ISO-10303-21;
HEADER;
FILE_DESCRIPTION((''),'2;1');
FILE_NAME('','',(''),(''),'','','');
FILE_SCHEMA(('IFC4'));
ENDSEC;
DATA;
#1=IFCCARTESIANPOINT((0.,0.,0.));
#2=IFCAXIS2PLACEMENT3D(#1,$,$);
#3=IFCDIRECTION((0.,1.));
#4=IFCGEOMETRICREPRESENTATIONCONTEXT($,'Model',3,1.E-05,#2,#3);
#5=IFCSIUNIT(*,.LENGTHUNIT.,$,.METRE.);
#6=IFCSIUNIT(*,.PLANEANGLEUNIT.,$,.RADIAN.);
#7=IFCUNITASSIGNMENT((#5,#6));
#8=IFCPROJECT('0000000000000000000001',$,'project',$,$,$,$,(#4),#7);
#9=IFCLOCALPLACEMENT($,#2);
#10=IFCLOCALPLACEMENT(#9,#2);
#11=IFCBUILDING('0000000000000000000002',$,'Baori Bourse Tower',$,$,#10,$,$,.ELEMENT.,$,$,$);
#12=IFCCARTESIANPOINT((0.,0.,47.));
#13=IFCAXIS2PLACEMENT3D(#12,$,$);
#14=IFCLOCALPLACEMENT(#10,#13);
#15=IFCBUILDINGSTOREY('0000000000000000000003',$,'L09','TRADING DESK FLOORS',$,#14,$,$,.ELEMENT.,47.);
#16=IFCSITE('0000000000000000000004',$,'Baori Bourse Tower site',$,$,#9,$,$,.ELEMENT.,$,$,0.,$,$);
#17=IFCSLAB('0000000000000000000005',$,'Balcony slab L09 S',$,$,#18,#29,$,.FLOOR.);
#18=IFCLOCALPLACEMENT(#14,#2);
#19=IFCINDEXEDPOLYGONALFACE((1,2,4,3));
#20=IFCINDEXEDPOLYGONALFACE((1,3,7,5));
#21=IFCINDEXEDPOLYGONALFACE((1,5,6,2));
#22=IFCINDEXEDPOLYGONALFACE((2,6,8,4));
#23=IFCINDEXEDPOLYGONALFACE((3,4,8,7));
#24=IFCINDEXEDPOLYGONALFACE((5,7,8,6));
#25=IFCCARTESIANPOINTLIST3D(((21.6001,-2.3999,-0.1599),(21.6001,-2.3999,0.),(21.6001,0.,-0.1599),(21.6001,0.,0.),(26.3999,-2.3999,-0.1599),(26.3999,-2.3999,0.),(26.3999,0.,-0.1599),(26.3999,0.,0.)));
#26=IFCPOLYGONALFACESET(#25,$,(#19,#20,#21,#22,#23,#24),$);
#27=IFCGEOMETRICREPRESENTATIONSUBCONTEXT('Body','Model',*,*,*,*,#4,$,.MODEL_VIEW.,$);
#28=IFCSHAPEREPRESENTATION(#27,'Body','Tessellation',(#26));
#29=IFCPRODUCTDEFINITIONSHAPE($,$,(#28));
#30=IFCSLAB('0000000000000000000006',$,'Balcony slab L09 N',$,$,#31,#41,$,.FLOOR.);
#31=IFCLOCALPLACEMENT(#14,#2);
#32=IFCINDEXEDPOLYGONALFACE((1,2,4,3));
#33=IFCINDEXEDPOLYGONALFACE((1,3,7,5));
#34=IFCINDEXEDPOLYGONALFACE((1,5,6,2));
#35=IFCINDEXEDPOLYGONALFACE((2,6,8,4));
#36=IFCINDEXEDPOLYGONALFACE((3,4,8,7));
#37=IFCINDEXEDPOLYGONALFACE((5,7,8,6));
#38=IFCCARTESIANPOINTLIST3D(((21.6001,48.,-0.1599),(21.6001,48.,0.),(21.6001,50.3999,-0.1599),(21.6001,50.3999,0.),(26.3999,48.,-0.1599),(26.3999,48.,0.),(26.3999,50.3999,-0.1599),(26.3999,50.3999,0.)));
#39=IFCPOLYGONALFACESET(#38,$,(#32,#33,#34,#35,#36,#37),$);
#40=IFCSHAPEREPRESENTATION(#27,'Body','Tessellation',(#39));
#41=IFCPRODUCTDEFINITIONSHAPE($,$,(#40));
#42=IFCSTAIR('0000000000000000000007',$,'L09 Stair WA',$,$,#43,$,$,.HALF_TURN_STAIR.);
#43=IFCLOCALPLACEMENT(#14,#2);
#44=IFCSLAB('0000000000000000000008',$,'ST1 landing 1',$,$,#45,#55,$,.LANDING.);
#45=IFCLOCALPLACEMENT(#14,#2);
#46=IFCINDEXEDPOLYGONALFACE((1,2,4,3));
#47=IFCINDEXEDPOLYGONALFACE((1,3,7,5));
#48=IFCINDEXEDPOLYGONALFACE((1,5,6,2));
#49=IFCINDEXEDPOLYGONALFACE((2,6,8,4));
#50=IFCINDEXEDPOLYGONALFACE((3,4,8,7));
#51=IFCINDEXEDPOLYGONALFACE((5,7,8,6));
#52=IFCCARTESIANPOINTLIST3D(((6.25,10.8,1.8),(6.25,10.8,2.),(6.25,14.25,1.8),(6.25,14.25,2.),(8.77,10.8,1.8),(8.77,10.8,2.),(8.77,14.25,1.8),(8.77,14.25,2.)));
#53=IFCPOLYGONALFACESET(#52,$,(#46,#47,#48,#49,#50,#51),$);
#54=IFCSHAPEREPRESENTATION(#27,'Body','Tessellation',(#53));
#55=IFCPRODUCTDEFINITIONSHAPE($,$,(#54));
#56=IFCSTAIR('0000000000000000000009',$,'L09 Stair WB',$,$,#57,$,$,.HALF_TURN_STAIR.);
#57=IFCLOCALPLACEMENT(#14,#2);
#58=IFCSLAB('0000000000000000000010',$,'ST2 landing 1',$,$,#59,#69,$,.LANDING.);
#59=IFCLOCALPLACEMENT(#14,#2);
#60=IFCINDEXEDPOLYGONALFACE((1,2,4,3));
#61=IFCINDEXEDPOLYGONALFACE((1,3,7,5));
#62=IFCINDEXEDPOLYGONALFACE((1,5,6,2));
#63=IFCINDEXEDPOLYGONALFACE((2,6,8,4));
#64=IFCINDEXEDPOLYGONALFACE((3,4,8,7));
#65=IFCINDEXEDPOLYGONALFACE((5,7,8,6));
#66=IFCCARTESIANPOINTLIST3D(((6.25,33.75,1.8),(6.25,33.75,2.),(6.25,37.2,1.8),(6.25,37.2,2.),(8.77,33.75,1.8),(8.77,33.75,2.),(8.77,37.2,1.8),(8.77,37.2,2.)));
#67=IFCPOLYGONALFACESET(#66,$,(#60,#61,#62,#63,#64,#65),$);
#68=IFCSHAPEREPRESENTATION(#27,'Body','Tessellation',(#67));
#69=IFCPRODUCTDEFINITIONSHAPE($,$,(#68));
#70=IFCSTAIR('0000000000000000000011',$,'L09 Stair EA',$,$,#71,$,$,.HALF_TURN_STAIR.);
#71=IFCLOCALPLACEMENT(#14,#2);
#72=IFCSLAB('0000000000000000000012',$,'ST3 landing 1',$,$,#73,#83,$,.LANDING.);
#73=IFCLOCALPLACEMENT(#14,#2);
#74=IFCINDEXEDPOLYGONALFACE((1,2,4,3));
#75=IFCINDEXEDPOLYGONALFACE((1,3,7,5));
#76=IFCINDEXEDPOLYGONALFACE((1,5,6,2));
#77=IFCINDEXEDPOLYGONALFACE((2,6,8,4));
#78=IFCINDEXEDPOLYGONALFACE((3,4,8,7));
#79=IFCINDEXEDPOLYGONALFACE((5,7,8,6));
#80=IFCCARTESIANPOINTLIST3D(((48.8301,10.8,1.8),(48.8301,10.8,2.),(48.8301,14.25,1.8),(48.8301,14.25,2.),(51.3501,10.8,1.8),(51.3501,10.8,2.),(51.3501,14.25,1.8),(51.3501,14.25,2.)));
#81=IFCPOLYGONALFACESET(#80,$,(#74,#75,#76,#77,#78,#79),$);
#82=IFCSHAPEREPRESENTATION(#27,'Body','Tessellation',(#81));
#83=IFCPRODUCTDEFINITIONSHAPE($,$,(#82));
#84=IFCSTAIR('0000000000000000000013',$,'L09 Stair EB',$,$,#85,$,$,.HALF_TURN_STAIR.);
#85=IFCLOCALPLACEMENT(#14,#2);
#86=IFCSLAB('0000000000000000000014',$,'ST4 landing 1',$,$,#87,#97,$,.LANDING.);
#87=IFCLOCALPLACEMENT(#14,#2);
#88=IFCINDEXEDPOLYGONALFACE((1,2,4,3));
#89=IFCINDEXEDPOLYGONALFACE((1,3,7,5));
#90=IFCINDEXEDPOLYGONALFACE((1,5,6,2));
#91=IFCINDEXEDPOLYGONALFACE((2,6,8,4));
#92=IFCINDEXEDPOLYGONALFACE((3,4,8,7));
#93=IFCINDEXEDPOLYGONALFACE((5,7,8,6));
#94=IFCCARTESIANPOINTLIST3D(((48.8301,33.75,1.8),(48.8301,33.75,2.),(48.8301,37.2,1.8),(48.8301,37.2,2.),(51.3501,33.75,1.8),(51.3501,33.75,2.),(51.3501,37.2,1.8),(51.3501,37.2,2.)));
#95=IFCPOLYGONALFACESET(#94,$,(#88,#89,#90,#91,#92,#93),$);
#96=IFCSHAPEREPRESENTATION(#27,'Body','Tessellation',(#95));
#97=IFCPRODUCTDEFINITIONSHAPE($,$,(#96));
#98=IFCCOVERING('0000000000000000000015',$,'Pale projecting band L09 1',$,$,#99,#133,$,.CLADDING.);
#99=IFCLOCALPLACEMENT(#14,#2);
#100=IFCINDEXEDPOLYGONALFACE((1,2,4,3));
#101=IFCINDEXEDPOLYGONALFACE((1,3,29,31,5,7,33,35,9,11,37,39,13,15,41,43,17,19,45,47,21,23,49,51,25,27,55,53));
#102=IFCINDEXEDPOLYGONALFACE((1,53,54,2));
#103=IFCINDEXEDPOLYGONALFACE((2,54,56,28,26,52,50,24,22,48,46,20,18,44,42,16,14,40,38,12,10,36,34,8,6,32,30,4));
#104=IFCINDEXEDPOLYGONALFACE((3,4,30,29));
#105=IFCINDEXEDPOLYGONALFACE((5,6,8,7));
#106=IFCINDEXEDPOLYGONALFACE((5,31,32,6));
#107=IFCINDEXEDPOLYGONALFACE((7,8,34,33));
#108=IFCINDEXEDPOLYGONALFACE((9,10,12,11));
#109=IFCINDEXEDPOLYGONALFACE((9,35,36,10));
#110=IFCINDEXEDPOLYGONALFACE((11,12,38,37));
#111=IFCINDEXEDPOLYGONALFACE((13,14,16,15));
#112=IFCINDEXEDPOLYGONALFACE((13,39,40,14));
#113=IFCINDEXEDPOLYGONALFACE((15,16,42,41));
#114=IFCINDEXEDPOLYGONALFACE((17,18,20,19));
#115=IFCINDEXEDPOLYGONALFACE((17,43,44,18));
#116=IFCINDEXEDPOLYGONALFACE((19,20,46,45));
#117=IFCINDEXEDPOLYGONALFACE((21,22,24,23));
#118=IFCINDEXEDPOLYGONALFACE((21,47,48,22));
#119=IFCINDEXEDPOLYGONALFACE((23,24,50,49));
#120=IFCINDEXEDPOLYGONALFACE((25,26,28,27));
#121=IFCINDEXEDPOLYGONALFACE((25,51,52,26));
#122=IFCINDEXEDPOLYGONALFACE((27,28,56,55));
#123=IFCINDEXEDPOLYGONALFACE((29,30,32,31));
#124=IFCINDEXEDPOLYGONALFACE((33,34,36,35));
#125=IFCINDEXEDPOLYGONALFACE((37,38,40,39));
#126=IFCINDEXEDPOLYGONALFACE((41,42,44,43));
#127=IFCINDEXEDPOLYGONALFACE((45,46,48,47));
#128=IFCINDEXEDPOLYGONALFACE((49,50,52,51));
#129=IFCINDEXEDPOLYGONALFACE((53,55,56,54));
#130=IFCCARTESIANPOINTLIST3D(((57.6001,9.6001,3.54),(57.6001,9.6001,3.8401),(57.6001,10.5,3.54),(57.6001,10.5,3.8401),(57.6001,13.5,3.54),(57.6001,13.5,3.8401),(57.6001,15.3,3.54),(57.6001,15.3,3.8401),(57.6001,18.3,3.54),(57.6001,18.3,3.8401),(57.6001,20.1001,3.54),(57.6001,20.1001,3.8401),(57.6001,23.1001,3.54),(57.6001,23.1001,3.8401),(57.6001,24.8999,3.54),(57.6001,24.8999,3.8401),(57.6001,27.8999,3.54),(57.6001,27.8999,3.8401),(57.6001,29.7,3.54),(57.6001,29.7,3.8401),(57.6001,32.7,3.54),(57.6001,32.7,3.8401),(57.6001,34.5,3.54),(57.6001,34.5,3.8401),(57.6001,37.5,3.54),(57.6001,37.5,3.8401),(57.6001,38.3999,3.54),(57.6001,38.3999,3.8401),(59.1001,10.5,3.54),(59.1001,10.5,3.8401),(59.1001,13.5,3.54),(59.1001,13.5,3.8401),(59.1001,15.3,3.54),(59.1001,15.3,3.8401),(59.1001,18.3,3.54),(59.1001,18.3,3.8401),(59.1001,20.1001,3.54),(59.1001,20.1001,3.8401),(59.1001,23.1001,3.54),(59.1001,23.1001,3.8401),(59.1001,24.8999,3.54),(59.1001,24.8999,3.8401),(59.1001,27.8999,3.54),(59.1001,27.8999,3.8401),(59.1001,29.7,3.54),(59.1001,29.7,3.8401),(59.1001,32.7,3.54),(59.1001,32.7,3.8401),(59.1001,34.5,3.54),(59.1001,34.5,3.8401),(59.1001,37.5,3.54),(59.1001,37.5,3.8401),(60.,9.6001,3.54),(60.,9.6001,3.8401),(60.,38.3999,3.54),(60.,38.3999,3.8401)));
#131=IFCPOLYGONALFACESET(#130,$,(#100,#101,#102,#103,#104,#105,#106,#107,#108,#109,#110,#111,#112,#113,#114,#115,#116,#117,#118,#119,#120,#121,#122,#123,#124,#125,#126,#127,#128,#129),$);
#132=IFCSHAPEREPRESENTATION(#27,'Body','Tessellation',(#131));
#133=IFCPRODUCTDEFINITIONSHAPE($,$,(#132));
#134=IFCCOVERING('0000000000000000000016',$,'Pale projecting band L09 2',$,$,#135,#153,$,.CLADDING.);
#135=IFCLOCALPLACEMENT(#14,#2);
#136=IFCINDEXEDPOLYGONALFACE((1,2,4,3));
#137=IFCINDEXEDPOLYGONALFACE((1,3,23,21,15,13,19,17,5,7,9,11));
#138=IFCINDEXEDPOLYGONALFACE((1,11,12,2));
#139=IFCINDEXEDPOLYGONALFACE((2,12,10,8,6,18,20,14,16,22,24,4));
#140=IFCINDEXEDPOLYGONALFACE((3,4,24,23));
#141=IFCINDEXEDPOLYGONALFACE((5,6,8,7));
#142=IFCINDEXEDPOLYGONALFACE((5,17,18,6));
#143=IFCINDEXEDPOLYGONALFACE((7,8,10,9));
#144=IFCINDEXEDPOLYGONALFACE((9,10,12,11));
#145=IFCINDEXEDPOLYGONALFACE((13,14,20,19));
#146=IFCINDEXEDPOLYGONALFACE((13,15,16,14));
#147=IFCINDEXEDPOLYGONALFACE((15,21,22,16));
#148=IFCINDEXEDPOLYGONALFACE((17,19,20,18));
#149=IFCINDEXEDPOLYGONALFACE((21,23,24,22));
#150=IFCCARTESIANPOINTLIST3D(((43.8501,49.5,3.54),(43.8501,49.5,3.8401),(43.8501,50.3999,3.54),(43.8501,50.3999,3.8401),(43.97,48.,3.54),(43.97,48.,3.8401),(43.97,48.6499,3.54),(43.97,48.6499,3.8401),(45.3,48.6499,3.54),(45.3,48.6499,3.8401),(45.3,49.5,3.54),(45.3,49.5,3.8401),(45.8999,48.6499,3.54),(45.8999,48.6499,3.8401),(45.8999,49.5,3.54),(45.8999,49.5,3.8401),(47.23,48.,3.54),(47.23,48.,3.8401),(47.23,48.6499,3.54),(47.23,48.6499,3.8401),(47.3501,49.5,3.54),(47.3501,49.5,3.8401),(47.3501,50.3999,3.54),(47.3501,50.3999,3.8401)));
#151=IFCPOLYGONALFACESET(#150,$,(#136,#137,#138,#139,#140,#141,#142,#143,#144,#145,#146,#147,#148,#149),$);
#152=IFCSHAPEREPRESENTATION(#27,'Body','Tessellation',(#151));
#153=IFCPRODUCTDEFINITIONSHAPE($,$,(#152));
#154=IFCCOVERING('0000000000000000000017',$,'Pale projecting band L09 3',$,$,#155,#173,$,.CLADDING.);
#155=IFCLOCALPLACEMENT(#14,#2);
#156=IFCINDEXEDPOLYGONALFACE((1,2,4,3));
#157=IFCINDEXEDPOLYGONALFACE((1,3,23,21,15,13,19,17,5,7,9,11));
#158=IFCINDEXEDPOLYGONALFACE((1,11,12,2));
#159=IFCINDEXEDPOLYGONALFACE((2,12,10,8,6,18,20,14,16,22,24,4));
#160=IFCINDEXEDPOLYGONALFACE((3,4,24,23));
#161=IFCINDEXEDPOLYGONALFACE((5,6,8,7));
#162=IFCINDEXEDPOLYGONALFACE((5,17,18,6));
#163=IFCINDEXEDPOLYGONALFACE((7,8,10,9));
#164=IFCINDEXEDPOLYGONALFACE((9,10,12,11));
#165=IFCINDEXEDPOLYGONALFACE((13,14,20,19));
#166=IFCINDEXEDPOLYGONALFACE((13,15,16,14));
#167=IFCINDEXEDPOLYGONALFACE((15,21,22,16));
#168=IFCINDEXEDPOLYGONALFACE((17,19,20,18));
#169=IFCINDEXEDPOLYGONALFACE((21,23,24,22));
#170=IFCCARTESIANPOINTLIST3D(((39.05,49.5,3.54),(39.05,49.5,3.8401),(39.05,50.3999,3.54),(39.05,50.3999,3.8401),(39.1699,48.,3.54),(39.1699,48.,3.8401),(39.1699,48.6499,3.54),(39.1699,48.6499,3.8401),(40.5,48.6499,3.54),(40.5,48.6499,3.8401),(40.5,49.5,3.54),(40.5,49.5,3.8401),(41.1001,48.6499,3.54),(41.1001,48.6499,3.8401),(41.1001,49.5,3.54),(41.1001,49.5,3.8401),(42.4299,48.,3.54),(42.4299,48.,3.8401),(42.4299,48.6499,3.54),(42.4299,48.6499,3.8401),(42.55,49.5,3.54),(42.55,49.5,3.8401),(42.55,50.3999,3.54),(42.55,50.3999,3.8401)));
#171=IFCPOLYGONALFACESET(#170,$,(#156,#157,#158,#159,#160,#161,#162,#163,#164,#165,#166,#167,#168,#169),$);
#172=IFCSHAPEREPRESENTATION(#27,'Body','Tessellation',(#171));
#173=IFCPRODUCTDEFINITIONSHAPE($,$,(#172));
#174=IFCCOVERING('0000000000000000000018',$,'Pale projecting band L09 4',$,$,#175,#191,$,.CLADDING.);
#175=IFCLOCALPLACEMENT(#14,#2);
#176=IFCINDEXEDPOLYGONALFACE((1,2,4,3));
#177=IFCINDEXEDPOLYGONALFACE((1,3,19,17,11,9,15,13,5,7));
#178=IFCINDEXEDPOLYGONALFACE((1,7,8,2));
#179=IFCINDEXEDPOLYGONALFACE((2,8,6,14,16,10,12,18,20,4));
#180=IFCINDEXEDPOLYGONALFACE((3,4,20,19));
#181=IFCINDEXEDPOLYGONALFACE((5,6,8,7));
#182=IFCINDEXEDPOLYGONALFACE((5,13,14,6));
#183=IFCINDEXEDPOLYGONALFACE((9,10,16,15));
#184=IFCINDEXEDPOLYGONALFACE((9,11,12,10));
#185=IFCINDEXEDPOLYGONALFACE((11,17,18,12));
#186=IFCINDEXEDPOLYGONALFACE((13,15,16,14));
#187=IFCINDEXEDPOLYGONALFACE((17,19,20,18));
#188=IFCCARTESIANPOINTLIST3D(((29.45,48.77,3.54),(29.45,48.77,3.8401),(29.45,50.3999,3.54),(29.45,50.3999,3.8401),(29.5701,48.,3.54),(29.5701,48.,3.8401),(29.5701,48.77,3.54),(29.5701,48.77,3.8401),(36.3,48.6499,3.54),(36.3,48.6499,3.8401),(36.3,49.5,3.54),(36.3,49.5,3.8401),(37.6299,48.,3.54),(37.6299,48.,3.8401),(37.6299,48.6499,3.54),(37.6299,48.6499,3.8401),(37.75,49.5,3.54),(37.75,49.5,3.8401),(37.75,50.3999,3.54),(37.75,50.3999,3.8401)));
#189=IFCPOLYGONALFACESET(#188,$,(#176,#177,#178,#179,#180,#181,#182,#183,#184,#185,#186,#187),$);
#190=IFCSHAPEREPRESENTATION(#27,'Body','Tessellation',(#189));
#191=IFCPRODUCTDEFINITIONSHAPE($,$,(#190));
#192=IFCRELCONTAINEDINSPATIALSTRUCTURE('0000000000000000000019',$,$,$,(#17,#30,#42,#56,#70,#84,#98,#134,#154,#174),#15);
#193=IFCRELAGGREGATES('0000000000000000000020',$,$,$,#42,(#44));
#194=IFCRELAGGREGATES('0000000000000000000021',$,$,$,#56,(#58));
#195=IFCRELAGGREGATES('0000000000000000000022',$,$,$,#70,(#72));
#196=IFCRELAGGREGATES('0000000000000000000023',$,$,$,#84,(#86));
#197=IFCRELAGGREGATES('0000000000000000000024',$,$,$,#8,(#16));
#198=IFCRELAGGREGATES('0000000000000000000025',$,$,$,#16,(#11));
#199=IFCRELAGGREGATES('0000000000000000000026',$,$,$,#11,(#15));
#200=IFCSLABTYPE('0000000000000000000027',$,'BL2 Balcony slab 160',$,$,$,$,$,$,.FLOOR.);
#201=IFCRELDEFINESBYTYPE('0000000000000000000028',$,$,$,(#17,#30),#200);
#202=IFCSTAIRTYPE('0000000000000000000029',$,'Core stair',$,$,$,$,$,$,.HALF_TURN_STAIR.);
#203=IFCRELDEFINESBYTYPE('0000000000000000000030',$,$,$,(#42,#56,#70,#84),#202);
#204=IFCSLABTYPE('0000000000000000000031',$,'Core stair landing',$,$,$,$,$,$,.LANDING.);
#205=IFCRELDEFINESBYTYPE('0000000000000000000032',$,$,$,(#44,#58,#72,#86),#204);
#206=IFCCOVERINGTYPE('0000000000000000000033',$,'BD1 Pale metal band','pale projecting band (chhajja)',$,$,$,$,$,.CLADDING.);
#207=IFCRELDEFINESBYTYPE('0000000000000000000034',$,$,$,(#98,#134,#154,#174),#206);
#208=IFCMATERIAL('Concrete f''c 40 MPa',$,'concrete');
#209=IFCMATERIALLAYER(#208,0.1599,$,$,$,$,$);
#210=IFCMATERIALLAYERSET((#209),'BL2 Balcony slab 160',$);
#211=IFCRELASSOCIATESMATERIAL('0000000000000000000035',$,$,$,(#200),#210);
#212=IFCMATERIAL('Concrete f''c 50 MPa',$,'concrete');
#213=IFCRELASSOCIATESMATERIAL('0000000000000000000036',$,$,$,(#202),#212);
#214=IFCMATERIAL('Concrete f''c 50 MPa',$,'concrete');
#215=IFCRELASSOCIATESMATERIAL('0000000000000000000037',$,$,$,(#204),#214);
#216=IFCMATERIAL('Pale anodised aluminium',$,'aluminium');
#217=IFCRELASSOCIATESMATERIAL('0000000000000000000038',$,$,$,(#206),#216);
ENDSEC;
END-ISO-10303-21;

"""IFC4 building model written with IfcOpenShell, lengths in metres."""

from ifc_helpers import new_model, si_unit, direction, frame, origin, place, context, subcontext, project, spatial, polyline, outline, extrude, material, layer, layer_set, type_object, element, aggregate, save


model = new_model("IFC4")

# Units and contexts
model_context = context("Model", 3, precision=1e-05, world=origin(), true_north=direction((0.0, 1.0)))
body_context = subcontext(model_context, "Body", "Model", "MODEL_VIEW")
ifc_project = project(units=[si_unit("LENGTHUNIT", "METRE"), si_unit("PLANEANGLEUNIT", "RADIAN")], contexts=[model_context])

# Site, building, storey
site_placement = place(None, origin())
site = spatial("IfcSite", under=ifc_project, at=site_placement, Name="Baori Bourse Tower site", CompositionType="ELEMENT", RefElevation=0.0)
building_placement = place(site_placement, origin())
building = spatial("IfcBuilding", under=site, at=building_placement, Name="Baori Bourse Tower", CompositionType="ELEMENT")
storey_placement = place(building_placement, frame((0.0, 0.0, 47.0)))
storey = spatial("IfcBuildingStorey", under=building, at=storey_placement, Name="L09", Description="TRADING DESK FLOORS", CompositionType="ELEMENT", Elevation=47.0)

# Slabs
ifc_material_1 = material(Name="Concrete f'c 40 MPa", Category="concrete")
ifc_layer = layer(ifc_material_1, 0.1599)
ifc_layer_set = layer_set([ifc_layer], Name="BL2 Balcony slab 160")
slab_type_1 = type_object("IfcSlabType", Name="BL2 Balcony slab 160", PredefinedType="FLOOR", material=ifc_layer_set)
slab_1_placement = place(storey_placement, frame((0.0, 0.0, -0.1599)))
element("IfcSlab", 1, at=slab_1_placement, inside=storey, type_object=slab_type_1, Name="Balcony slab L09 S", PredefinedType="FLOOR", context=body_context, shape_type="SweptSolid", body=[
    extrude(outline(polyline([(21.6001, 0.0), (21.6001, -2.3999), (26.3999, -2.3999), (26.3999, 0.0), (21.6001, 0.0)])), origin(), (0.0, 0.0, 1.0), 0.1599),
])
slab_2_placement = place(storey_placement, frame((0.0, 0.0, -0.1599)))
element("IfcSlab", 2, at=slab_2_placement, inside=storey, type_object=slab_type_1, Name="Balcony slab L09 N", PredefinedType="FLOOR", context=body_context, shape_type="SweptSolid", body=[
    extrude(outline(polyline([(21.6001, 48.0), (26.3999, 48.0), (26.3999, 50.3999), (21.6001, 50.3999), (21.6001, 48.0)])), origin(), (0.0, 0.0, 1.0), 0.1599),
])

# Stairs, slabs
ifc_material_2 = material(Name="Concrete f'c 50 MPa", Category="concrete")
stair_type = type_object("IfcStairType", Name="Core stair", PredefinedType="HALF_TURN_STAIR", material=ifc_material_2)
stair_1_placement = place(storey_placement, origin())
stair_1 = element("IfcStair", 3, at=stair_1_placement, inside=storey, type_object=stair_type, Name="L09 Stair WA", PredefinedType="HALF_TURN_STAIR")
ifc_material_3 = material(Name="Concrete f'c 50 MPa", Category="concrete")
slab_type_2 = type_object("IfcSlabType", Name="Core stair landing", PredefinedType="LANDING", material=ifc_material_3)
slab_3_placement = place(storey_placement, frame((0.0, 0.0, 1.8)))
slab_3 = element("IfcSlab", 4, at=slab_3_placement, type_object=slab_type_2, Name="ST1 landing 1", PredefinedType="LANDING", context=body_context, shape_type="SweptSolid", body=[
    extrude(outline(polyline([(8.77, 14.25), (6.25, 14.25), (6.25, 10.8), (8.77, 10.8), (8.77, 14.25)])), origin(), (0.0, 0.0, 1.0), 0.2),
])
aggregate(stair_1, [slab_3])
stair_2_placement = place(storey_placement, origin())
stair_2 = element("IfcStair", 5, at=stair_2_placement, inside=storey, type_object=stair_type, Name="L09 Stair WB", PredefinedType="HALF_TURN_STAIR")
slab_4_placement = place(storey_placement, frame((0.0, 0.0, 1.8)))
slab_4 = element("IfcSlab", 6, at=slab_4_placement, type_object=slab_type_2, Name="ST2 landing 1", PredefinedType="LANDING", context=body_context, shape_type="SweptSolid", body=[
    extrude(outline(polyline([(8.77, 37.2), (6.25, 37.2), (6.25, 33.75), (8.77, 33.75), (8.77, 37.2)])), origin(), (0.0, 0.0, 1.0), 0.2),
])
aggregate(stair_2, [slab_4])
stair_3_placement = place(storey_placement, origin())
stair_3 = element("IfcStair", 7, at=stair_3_placement, inside=storey, type_object=stair_type, Name="L09 Stair EA", PredefinedType="HALF_TURN_STAIR")
slab_5_placement = place(storey_placement, frame((0.0, 0.0, 1.8)))
slab_5 = element("IfcSlab", 8, at=slab_5_placement, type_object=slab_type_2, Name="ST3 landing 1", PredefinedType="LANDING", context=body_context, shape_type="SweptSolid", body=[
    extrude(outline(polyline([(48.8301, 10.8), (51.3501, 10.8), (51.3501, 14.25), (48.8301, 14.25), (48.8301, 10.8)])), origin(), (0.0, 0.0, 1.0), 0.2),
])
aggregate(stair_3, [slab_5])
stair_4_placement = place(storey_placement, origin())
stair_4 = element("IfcStair", 9, at=stair_4_placement, inside=storey, type_object=stair_type, Name="L09 Stair EB", PredefinedType="HALF_TURN_STAIR")
slab_6_placement = place(storey_placement, frame((0.0, 0.0, 1.8)))
slab_6 = element("IfcSlab", 10, at=slab_6_placement, type_object=slab_type_2, Name="ST4 landing 1", PredefinedType="LANDING", context=body_context, shape_type="SweptSolid", body=[
    extrude(outline(polyline([(48.8301, 33.75), (51.3501, 33.75), (51.3501, 37.2), (48.8301, 37.2), (48.8301, 33.75)])), origin(), (0.0, 0.0, 1.0), 0.2),
])
aggregate(stair_4, [slab_6])

# Coverings
ifc_material_4 = material(Name="Pale anodised aluminium", Category="aluminium")
covering_type = type_object("IfcCoveringType", Name="BD1 Pale metal band", Description="pale projecting band (chhajja)", PredefinedType="CLADDING", material=ifc_material_4)
covering_1_placement = place(storey_placement, frame((0.0, 0.0, 3.54)))
element("IfcCovering", 11, at=covering_1_placement, inside=storey, type_object=covering_type, Name="Pale projecting band L09 1", PredefinedType="CLADDING", context=body_context, shape_type="SweptSolid", body=[
    extrude(outline(polyline([(57.6001, 10.5), (57.6001, 9.6001), (60.0, 9.6001), (60.0, 38.3999), (57.6001, 38.3999), (57.6001, 37.5), (59.1001, 37.5), (59.1001, 34.5), (57.6001, 34.5), (57.6001, 32.7), (59.1001, 32.7), (59.1001, 29.7), (57.6001, 29.7), (57.6001, 27.8999), (59.1001, 27.8999), (59.1001, 24.8999), (57.6001, 24.8999), (57.6001, 23.1001), (59.1001, 23.1001), (59.1001, 20.1001), (57.6001, 20.1001), (57.6001, 18.3), (59.1001, 18.3), (59.1001, 15.3), (57.6001, 15.3), (57.6001, 13.5), (59.1001, 13.5), (59.1001, 10.5), (57.6001, 10.5)])), origin(), (0.0, 0.0, 1.0), 0.3),
])
covering_2_placement = place(storey_placement, frame((0.0, 0.0, 3.54)))
element("IfcCovering", 12, at=covering_2_placement, inside=storey, type_object=covering_type, Name="Pale projecting band L09 2", PredefinedType="CLADDING", context=body_context, shape_type="SweptSolid", body=[
    extrude(outline(polyline([(43.97, 48.0), (47.23, 48.0), (47.23, 48.6499), (45.8999, 48.6499), (45.8999, 49.5), (47.3501, 49.5), (47.3501, 50.3999), (43.8501, 50.3999), (43.8501, 49.5), (45.3, 49.5), (45.3, 48.6499), (43.97, 48.6499), (43.97, 48.0)])), origin(), (0.0, 0.0, 1.0), 0.3),
])
covering_3_placement = place(storey_placement, frame((0.0, 0.0, 3.54)))
element("IfcCovering", 13, at=covering_3_placement, inside=storey, type_object=covering_type, Name="Pale projecting band L09 3", PredefinedType="CLADDING", context=body_context, shape_type="SweptSolid", body=[
    extrude(outline(polyline([(39.1699, 48.0), (42.4299, 48.0), (42.4299, 48.6499), (41.1001, 48.6499), (41.1001, 49.5), (42.55, 49.5), (42.55, 50.3999), (39.05, 50.3999), (39.05, 49.5), (40.5, 49.5), (40.5, 48.6499), (39.1699, 48.6499), (39.1699, 48.0)])), origin(), (0.0, 0.0, 1.0), 0.3),
])
covering_4_placement = place(storey_placement, frame((0.0, 0.0, 3.54)))
element("IfcCovering", 14, at=covering_4_placement, inside=storey, type_object=covering_type, Name="Pale projecting band L09 4", PredefinedType="CLADDING", context=body_context, shape_type="SweptSolid", body=[
    extrude(outline(polyline([(29.5701, 48.0), (37.6299, 48.0), (37.6299, 48.6499), (36.3, 48.6499), (36.3, 49.5), (37.75, 49.5), (37.75, 50.3999), (29.45, 50.3999), (29.45, 48.77), (29.5701, 48.77), (29.5701, 48.0)])), origin(), (0.0, 0.0, 1.0), 0.3),
])

save(model, "model.ifc")
